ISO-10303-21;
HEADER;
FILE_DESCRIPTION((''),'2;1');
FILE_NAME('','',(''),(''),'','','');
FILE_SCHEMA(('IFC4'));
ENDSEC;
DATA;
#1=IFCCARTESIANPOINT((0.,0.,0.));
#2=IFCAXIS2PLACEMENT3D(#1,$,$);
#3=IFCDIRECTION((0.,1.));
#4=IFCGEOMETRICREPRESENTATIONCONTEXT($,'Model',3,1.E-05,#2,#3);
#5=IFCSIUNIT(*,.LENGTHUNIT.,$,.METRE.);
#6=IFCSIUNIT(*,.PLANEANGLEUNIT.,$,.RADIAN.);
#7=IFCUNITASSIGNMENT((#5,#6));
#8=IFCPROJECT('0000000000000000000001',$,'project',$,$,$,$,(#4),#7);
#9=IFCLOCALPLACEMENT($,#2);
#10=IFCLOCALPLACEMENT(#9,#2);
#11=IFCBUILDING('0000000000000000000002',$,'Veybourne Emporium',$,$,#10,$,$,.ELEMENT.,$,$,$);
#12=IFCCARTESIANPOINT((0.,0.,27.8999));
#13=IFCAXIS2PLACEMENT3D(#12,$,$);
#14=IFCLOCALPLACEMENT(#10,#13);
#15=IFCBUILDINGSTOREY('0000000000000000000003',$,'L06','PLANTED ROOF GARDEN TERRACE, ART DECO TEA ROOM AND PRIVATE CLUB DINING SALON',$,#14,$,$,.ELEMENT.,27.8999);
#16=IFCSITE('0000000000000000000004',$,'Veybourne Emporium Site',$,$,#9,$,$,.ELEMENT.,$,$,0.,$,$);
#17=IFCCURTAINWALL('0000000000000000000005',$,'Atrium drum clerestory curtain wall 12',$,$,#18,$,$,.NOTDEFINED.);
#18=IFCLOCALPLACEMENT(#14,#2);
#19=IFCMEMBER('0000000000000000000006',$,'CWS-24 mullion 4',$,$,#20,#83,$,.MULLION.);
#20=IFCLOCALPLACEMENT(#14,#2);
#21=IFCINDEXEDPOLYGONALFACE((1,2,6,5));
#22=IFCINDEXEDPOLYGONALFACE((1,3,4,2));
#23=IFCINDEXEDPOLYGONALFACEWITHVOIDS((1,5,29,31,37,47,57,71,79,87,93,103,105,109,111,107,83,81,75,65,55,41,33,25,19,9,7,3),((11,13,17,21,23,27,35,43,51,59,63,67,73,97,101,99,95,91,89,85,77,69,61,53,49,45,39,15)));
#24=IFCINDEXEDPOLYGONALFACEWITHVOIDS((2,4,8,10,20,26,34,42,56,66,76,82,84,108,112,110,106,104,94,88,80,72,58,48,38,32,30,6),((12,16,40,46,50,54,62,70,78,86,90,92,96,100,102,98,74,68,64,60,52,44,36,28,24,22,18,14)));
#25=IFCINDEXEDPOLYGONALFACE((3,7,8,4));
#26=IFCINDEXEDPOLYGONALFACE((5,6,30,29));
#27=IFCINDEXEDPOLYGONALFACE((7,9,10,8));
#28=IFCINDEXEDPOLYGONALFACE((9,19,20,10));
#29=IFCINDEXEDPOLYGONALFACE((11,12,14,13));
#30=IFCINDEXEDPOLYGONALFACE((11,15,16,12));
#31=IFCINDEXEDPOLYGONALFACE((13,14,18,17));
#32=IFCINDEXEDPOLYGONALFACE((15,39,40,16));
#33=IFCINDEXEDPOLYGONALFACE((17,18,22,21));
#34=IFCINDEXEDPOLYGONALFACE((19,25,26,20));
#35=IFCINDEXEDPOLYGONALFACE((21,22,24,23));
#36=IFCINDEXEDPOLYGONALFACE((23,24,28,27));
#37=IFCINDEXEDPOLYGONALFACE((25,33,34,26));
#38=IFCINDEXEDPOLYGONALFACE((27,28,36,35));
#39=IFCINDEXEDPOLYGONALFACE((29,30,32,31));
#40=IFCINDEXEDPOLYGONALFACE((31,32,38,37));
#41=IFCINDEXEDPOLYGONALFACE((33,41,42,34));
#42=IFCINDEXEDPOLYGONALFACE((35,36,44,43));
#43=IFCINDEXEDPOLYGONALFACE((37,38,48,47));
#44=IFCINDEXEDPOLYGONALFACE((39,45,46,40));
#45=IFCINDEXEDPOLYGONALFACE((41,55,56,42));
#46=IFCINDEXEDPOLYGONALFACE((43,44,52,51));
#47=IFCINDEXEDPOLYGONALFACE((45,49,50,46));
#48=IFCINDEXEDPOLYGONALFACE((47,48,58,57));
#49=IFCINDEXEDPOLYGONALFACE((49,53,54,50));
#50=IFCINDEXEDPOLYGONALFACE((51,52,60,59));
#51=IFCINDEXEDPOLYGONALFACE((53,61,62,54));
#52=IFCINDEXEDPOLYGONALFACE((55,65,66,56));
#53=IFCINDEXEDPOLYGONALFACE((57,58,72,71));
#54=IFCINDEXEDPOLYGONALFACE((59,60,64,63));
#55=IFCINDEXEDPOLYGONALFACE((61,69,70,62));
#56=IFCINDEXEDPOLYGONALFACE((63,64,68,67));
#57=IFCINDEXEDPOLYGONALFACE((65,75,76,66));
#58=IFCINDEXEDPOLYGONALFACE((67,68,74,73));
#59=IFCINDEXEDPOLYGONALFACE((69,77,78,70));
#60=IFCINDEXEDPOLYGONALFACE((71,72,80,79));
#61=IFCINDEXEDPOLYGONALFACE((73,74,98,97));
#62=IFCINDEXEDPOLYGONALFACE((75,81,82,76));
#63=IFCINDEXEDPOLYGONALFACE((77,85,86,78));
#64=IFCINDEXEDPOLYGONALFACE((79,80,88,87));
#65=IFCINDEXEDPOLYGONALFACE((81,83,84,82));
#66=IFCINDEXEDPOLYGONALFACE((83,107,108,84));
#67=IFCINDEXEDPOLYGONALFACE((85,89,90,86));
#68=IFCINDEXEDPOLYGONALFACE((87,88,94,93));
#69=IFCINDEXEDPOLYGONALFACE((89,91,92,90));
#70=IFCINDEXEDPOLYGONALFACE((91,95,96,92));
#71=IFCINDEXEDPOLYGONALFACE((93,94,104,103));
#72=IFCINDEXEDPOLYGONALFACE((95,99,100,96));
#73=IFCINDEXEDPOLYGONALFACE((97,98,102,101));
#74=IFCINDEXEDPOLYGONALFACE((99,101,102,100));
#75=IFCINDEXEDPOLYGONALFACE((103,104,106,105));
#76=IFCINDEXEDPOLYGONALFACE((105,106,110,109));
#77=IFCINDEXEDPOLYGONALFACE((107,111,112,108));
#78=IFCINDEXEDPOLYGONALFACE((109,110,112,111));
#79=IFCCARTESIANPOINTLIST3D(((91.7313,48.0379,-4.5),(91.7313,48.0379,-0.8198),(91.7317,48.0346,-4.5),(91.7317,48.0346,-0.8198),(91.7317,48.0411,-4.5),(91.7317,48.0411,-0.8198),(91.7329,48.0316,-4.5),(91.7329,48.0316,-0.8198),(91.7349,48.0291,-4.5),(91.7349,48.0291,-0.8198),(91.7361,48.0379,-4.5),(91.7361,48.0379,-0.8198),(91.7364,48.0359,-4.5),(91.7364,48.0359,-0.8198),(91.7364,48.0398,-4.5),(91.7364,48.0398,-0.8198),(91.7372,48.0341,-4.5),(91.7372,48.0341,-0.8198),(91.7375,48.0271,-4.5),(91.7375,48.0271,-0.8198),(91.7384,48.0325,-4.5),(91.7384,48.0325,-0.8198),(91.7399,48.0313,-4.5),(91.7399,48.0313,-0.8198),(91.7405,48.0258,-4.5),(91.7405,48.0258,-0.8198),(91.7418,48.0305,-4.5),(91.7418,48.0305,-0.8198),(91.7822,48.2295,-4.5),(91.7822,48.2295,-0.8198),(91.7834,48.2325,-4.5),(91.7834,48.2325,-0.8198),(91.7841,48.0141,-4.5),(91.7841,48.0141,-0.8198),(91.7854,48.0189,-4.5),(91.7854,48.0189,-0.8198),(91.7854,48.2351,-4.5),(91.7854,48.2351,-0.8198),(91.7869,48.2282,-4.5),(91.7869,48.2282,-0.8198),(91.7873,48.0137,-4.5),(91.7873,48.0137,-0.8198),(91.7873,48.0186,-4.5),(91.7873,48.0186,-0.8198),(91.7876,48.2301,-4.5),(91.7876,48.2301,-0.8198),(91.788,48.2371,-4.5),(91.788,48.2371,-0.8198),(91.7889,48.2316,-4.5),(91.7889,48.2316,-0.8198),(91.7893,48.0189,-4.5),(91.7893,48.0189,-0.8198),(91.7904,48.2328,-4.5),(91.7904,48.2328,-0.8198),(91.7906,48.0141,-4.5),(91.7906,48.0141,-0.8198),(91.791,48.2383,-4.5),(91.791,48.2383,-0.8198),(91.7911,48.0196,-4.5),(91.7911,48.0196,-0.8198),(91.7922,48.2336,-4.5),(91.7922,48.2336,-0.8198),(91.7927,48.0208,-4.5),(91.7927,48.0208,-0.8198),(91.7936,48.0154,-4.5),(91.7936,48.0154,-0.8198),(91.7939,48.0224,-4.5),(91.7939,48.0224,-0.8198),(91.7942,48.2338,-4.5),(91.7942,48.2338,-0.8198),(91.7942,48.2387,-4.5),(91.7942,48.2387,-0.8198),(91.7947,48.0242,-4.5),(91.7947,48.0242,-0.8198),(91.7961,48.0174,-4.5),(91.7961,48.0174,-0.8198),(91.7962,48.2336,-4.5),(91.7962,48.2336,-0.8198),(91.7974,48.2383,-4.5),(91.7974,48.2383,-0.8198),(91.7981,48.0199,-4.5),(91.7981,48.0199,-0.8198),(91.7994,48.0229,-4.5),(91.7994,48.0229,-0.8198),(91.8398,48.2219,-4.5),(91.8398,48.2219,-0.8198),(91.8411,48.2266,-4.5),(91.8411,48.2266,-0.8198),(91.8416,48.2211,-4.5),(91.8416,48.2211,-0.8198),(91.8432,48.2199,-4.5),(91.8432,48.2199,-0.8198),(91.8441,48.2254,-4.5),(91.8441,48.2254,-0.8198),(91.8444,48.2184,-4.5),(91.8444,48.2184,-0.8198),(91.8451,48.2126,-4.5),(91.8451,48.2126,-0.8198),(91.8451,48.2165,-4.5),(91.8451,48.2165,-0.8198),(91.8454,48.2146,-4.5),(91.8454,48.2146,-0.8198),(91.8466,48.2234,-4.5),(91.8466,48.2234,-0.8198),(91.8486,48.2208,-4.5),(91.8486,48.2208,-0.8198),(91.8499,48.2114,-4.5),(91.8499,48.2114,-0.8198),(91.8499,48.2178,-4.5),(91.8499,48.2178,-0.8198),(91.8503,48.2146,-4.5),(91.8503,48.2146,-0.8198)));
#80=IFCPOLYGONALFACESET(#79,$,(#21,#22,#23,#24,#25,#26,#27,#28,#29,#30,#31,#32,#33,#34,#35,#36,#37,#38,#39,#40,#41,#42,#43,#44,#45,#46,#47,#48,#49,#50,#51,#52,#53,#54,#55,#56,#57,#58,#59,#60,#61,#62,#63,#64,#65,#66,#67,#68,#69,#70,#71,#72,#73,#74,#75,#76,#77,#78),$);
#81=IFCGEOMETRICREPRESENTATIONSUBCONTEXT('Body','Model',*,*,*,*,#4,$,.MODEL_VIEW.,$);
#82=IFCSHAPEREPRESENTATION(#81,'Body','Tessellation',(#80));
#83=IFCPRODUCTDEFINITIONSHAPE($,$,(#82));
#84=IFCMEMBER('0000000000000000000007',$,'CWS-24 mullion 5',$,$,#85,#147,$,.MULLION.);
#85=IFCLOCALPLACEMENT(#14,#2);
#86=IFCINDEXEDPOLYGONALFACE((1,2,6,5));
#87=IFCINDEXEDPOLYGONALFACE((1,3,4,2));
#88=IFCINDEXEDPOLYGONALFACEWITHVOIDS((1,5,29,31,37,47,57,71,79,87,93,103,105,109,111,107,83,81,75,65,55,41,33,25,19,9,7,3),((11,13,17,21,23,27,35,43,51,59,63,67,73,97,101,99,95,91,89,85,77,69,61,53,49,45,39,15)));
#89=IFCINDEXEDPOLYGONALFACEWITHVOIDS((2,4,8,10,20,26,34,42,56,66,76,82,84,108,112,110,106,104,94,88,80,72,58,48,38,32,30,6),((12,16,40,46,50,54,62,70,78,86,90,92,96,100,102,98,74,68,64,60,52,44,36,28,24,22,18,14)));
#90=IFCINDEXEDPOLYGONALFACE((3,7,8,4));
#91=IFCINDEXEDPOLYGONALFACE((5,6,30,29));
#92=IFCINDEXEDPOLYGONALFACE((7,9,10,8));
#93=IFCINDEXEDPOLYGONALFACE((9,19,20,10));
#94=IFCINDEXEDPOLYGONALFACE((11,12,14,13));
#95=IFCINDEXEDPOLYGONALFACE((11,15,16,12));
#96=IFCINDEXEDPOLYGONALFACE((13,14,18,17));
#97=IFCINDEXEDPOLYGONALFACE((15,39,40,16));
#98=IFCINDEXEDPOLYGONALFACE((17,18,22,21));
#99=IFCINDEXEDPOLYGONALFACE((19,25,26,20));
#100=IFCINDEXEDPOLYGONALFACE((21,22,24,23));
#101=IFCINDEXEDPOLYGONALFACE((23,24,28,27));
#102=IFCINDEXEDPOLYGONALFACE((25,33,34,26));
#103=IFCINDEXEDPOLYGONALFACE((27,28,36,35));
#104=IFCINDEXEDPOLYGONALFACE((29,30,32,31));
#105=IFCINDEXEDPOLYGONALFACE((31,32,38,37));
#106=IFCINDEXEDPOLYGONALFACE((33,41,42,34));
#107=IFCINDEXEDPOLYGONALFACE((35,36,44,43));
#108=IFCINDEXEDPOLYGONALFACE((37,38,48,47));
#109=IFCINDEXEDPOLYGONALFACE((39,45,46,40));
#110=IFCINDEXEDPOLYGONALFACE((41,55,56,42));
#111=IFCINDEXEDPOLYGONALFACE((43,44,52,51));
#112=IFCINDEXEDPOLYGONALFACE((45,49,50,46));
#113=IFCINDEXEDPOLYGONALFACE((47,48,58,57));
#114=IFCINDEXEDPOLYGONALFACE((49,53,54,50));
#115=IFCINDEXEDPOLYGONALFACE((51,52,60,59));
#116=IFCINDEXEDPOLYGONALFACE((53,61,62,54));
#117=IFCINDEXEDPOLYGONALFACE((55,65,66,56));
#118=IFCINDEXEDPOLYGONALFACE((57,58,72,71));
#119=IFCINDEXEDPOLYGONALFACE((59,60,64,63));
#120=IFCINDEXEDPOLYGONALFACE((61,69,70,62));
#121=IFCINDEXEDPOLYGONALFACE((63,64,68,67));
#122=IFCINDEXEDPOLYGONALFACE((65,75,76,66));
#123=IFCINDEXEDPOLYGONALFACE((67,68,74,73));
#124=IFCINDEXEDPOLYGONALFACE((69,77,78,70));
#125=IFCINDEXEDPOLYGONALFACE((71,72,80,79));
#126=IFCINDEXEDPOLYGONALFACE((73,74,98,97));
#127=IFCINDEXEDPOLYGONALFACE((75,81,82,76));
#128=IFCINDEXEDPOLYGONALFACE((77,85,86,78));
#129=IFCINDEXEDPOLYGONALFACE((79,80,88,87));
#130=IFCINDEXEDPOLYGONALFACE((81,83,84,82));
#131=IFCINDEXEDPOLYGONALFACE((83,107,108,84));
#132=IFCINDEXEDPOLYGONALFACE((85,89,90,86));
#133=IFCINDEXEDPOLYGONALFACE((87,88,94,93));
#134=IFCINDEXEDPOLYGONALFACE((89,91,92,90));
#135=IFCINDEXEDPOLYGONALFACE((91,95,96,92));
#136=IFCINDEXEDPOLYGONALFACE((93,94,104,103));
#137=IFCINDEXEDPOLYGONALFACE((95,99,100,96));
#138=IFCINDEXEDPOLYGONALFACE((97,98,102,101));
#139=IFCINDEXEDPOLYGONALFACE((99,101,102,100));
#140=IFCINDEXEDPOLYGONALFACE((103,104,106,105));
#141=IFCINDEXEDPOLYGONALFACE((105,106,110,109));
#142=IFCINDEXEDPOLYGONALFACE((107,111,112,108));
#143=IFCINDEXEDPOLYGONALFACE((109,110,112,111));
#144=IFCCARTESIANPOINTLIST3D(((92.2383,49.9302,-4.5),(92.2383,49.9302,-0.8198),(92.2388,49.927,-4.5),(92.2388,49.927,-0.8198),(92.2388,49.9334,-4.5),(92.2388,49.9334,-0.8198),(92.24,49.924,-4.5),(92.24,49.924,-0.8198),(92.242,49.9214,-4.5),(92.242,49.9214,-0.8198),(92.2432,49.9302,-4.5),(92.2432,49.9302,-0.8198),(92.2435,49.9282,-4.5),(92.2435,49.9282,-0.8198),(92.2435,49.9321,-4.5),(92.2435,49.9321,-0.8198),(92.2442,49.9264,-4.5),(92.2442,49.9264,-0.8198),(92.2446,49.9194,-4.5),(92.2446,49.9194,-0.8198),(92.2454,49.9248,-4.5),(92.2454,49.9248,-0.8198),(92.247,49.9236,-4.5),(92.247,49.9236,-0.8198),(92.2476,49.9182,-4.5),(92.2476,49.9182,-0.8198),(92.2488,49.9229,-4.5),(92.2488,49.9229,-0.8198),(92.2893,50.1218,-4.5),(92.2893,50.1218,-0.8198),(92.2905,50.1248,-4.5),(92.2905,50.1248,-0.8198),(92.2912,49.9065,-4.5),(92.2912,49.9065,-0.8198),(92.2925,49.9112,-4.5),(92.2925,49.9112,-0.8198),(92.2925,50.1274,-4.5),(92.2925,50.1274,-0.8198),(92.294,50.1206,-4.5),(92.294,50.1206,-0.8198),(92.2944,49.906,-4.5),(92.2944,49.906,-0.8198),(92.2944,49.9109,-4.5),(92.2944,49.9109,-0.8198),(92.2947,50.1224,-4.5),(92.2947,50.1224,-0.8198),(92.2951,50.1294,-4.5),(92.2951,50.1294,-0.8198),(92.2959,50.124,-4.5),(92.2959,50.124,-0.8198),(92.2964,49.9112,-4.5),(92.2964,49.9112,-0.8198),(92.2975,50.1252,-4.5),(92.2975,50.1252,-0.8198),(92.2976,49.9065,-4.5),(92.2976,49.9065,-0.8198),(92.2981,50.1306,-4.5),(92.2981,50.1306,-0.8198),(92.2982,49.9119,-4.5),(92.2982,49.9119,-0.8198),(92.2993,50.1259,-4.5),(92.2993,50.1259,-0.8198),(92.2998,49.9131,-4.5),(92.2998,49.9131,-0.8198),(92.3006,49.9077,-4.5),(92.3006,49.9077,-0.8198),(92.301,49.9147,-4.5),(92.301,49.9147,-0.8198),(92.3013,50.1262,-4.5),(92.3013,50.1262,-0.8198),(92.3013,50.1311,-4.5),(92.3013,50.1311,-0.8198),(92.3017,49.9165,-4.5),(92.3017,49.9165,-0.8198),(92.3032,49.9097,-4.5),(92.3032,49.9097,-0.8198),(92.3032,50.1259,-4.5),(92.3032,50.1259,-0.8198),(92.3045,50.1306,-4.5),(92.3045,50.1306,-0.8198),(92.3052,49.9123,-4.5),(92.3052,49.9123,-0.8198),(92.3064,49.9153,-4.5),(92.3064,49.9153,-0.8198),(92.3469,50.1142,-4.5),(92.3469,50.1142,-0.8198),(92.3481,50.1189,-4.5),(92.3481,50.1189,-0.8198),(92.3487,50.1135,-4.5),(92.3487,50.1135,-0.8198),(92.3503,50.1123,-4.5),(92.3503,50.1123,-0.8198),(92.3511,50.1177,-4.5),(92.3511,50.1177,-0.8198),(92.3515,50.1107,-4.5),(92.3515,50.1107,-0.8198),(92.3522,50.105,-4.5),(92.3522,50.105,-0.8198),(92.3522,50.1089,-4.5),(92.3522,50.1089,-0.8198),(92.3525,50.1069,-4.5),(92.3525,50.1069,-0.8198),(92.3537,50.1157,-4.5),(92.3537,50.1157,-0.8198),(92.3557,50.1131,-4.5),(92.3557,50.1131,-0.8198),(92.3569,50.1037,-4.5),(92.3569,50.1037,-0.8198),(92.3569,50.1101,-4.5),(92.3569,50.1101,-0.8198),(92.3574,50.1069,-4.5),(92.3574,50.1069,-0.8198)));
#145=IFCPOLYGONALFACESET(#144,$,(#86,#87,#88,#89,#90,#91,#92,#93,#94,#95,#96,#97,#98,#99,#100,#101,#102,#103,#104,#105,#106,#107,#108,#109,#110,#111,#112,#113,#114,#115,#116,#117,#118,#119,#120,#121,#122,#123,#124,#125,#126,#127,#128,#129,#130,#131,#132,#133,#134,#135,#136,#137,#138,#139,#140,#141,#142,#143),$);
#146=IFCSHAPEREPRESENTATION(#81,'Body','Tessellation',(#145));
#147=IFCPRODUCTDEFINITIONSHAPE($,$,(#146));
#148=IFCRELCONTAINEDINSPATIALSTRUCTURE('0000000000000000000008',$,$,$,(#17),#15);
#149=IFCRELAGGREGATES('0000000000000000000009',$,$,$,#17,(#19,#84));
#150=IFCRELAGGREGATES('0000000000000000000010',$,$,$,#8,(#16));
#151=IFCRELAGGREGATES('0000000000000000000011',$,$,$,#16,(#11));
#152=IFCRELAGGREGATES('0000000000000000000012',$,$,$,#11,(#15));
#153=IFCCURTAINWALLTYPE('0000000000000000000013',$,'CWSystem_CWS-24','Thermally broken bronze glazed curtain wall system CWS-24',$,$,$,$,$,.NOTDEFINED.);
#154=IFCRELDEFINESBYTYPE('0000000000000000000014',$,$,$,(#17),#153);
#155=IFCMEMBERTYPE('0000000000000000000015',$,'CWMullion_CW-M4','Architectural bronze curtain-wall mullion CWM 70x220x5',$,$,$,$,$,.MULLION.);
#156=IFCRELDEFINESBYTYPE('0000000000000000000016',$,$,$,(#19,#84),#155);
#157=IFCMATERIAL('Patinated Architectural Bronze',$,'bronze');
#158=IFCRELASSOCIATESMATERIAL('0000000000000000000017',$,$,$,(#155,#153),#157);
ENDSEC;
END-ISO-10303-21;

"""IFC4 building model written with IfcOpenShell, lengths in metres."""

from ifc_helpers import new_model, si_unit, direction, frame, origin, origin_2d, place, context, subcontext, project, spatial, hollow_rectangle, extrude, material, material_profile, profile_set, type_object, element, aggregate, save


model = new_model("IFC4")

# Units and contexts
model_context = context("Model", 3, precision=1e-05, world=origin(), true_north=direction((0.0, 1.0)))
body_context = subcontext(model_context, "Body", "Model", "MODEL_VIEW")
ifc_project = project(units=[si_unit("LENGTHUNIT", "METRE"), si_unit("PLANEANGLEUNIT", "RADIAN")], contexts=[model_context])

# Site, building, storey
site_placement = place(None, origin())
site = spatial("IfcSite", under=ifc_project, at=site_placement, Name="Veybourne Emporium Site", CompositionType="ELEMENT", RefElevation=0.0)
building_placement = place(site_placement, origin())
building = spatial("IfcBuilding", under=site, at=building_placement, Name="Veybourne Emporium", CompositionType="ELEMENT")
storey_placement = place(building_placement, frame((0.0, 0.0, 27.8999)))
storey = spatial("IfcBuildingStorey", under=building, at=storey_placement, Name="L06", Description="PLANTED ROOF GARDEN TERRACE, ART DECO TEA ROOM AND PRIVATE CLUB DINING SALON", CompositionType="ELEMENT", Elevation=27.8999)

# Shared definitions
ifc_material_1 = material(Name="Patinated Architectural Bronze", Category="bronze")
ifc_material_profile_1 = material_profile(ifc_material_1, hollow_rectangle(XDim=0.0701, YDim=0.22, WallThickness=0.0049, InnerFilletRadius=0.0076, OuterFilletRadius=0.0125, at=origin_2d()), Name="CWM 70x220x5")
ifc_profile_set_1 = profile_set([ifc_material_profile_1], Name="Patinated Architectural Bronze")
member_type_1 = type_object("IfcMemberType", Name="CWMullion_CW-M4", Description="Architectural bronze curtain-wall mullion CWM 70x220x5", PredefinedType="MULLION", material=ifc_profile_set_1)

# Curtain wall, members
curtain_wall_type_1 = type_object("IfcCurtainWallType", Name="CWSystem_CWS-24", Description="Thermally broken bronze glazed curtain wall system CWS-24", PredefinedType="NOTDEFINED", material=ifc_material_1)
curtain_wall_1_placement = place(storey_placement, origin())
curtain_wall_1 = element("IfcCurtainWall", 1, at=curtain_wall_1_placement, inside=storey, type_object=curtain_wall_type_1, Name="Atrium drum clerestory curtain wall 12", PredefinedType="NOTDEFINED")
member_1_placement = place(storey_placement, frame((91.7908, 48.1262, -4.5), z_axis=(0.0, 0.0, 1.0), x_axis=(-0.965926, 0.25882, 0.0)))
member_1 = element("IfcMember", 2, at=member_1_placement, type_object=member_type_1, Name="CWS-24 mullion 4", PredefinedType="MULLION", context=body_context, shape_type="SweptSolid", body=[
    extrude(hollow_rectangle(XDim=0.0701, YDim=0.22, WallThickness=0.0049, InnerFilletRadius=0.0076, OuterFilletRadius=0.0125, at=origin_2d()), origin(), (0.0, 0.0, 1.0), 3.6802),
])
member_2_placement = place(storey_placement, frame((92.2979, 50.0186, -4.5), z_axis=(0.0, 0.0, 1.0), x_axis=(-0.965926, 0.25882, 0.0)))
member_2 = element("IfcMember", 3, at=member_2_placement, type_object=member_type_1, Name="CWS-24 mullion 5", PredefinedType="MULLION", context=body_context, shape_type="SweptSolid", body=[
    extrude(hollow_rectangle(XDim=0.0701, YDim=0.22, WallThickness=0.0049, InnerFilletRadius=0.0076, OuterFilletRadius=0.0125, at=origin_2d()), origin(), (0.0, 0.0, 1.0), 3.6802),
])

aggregate(curtain_wall_1, [member_1, member_2])

save(model, "model.ifc")
